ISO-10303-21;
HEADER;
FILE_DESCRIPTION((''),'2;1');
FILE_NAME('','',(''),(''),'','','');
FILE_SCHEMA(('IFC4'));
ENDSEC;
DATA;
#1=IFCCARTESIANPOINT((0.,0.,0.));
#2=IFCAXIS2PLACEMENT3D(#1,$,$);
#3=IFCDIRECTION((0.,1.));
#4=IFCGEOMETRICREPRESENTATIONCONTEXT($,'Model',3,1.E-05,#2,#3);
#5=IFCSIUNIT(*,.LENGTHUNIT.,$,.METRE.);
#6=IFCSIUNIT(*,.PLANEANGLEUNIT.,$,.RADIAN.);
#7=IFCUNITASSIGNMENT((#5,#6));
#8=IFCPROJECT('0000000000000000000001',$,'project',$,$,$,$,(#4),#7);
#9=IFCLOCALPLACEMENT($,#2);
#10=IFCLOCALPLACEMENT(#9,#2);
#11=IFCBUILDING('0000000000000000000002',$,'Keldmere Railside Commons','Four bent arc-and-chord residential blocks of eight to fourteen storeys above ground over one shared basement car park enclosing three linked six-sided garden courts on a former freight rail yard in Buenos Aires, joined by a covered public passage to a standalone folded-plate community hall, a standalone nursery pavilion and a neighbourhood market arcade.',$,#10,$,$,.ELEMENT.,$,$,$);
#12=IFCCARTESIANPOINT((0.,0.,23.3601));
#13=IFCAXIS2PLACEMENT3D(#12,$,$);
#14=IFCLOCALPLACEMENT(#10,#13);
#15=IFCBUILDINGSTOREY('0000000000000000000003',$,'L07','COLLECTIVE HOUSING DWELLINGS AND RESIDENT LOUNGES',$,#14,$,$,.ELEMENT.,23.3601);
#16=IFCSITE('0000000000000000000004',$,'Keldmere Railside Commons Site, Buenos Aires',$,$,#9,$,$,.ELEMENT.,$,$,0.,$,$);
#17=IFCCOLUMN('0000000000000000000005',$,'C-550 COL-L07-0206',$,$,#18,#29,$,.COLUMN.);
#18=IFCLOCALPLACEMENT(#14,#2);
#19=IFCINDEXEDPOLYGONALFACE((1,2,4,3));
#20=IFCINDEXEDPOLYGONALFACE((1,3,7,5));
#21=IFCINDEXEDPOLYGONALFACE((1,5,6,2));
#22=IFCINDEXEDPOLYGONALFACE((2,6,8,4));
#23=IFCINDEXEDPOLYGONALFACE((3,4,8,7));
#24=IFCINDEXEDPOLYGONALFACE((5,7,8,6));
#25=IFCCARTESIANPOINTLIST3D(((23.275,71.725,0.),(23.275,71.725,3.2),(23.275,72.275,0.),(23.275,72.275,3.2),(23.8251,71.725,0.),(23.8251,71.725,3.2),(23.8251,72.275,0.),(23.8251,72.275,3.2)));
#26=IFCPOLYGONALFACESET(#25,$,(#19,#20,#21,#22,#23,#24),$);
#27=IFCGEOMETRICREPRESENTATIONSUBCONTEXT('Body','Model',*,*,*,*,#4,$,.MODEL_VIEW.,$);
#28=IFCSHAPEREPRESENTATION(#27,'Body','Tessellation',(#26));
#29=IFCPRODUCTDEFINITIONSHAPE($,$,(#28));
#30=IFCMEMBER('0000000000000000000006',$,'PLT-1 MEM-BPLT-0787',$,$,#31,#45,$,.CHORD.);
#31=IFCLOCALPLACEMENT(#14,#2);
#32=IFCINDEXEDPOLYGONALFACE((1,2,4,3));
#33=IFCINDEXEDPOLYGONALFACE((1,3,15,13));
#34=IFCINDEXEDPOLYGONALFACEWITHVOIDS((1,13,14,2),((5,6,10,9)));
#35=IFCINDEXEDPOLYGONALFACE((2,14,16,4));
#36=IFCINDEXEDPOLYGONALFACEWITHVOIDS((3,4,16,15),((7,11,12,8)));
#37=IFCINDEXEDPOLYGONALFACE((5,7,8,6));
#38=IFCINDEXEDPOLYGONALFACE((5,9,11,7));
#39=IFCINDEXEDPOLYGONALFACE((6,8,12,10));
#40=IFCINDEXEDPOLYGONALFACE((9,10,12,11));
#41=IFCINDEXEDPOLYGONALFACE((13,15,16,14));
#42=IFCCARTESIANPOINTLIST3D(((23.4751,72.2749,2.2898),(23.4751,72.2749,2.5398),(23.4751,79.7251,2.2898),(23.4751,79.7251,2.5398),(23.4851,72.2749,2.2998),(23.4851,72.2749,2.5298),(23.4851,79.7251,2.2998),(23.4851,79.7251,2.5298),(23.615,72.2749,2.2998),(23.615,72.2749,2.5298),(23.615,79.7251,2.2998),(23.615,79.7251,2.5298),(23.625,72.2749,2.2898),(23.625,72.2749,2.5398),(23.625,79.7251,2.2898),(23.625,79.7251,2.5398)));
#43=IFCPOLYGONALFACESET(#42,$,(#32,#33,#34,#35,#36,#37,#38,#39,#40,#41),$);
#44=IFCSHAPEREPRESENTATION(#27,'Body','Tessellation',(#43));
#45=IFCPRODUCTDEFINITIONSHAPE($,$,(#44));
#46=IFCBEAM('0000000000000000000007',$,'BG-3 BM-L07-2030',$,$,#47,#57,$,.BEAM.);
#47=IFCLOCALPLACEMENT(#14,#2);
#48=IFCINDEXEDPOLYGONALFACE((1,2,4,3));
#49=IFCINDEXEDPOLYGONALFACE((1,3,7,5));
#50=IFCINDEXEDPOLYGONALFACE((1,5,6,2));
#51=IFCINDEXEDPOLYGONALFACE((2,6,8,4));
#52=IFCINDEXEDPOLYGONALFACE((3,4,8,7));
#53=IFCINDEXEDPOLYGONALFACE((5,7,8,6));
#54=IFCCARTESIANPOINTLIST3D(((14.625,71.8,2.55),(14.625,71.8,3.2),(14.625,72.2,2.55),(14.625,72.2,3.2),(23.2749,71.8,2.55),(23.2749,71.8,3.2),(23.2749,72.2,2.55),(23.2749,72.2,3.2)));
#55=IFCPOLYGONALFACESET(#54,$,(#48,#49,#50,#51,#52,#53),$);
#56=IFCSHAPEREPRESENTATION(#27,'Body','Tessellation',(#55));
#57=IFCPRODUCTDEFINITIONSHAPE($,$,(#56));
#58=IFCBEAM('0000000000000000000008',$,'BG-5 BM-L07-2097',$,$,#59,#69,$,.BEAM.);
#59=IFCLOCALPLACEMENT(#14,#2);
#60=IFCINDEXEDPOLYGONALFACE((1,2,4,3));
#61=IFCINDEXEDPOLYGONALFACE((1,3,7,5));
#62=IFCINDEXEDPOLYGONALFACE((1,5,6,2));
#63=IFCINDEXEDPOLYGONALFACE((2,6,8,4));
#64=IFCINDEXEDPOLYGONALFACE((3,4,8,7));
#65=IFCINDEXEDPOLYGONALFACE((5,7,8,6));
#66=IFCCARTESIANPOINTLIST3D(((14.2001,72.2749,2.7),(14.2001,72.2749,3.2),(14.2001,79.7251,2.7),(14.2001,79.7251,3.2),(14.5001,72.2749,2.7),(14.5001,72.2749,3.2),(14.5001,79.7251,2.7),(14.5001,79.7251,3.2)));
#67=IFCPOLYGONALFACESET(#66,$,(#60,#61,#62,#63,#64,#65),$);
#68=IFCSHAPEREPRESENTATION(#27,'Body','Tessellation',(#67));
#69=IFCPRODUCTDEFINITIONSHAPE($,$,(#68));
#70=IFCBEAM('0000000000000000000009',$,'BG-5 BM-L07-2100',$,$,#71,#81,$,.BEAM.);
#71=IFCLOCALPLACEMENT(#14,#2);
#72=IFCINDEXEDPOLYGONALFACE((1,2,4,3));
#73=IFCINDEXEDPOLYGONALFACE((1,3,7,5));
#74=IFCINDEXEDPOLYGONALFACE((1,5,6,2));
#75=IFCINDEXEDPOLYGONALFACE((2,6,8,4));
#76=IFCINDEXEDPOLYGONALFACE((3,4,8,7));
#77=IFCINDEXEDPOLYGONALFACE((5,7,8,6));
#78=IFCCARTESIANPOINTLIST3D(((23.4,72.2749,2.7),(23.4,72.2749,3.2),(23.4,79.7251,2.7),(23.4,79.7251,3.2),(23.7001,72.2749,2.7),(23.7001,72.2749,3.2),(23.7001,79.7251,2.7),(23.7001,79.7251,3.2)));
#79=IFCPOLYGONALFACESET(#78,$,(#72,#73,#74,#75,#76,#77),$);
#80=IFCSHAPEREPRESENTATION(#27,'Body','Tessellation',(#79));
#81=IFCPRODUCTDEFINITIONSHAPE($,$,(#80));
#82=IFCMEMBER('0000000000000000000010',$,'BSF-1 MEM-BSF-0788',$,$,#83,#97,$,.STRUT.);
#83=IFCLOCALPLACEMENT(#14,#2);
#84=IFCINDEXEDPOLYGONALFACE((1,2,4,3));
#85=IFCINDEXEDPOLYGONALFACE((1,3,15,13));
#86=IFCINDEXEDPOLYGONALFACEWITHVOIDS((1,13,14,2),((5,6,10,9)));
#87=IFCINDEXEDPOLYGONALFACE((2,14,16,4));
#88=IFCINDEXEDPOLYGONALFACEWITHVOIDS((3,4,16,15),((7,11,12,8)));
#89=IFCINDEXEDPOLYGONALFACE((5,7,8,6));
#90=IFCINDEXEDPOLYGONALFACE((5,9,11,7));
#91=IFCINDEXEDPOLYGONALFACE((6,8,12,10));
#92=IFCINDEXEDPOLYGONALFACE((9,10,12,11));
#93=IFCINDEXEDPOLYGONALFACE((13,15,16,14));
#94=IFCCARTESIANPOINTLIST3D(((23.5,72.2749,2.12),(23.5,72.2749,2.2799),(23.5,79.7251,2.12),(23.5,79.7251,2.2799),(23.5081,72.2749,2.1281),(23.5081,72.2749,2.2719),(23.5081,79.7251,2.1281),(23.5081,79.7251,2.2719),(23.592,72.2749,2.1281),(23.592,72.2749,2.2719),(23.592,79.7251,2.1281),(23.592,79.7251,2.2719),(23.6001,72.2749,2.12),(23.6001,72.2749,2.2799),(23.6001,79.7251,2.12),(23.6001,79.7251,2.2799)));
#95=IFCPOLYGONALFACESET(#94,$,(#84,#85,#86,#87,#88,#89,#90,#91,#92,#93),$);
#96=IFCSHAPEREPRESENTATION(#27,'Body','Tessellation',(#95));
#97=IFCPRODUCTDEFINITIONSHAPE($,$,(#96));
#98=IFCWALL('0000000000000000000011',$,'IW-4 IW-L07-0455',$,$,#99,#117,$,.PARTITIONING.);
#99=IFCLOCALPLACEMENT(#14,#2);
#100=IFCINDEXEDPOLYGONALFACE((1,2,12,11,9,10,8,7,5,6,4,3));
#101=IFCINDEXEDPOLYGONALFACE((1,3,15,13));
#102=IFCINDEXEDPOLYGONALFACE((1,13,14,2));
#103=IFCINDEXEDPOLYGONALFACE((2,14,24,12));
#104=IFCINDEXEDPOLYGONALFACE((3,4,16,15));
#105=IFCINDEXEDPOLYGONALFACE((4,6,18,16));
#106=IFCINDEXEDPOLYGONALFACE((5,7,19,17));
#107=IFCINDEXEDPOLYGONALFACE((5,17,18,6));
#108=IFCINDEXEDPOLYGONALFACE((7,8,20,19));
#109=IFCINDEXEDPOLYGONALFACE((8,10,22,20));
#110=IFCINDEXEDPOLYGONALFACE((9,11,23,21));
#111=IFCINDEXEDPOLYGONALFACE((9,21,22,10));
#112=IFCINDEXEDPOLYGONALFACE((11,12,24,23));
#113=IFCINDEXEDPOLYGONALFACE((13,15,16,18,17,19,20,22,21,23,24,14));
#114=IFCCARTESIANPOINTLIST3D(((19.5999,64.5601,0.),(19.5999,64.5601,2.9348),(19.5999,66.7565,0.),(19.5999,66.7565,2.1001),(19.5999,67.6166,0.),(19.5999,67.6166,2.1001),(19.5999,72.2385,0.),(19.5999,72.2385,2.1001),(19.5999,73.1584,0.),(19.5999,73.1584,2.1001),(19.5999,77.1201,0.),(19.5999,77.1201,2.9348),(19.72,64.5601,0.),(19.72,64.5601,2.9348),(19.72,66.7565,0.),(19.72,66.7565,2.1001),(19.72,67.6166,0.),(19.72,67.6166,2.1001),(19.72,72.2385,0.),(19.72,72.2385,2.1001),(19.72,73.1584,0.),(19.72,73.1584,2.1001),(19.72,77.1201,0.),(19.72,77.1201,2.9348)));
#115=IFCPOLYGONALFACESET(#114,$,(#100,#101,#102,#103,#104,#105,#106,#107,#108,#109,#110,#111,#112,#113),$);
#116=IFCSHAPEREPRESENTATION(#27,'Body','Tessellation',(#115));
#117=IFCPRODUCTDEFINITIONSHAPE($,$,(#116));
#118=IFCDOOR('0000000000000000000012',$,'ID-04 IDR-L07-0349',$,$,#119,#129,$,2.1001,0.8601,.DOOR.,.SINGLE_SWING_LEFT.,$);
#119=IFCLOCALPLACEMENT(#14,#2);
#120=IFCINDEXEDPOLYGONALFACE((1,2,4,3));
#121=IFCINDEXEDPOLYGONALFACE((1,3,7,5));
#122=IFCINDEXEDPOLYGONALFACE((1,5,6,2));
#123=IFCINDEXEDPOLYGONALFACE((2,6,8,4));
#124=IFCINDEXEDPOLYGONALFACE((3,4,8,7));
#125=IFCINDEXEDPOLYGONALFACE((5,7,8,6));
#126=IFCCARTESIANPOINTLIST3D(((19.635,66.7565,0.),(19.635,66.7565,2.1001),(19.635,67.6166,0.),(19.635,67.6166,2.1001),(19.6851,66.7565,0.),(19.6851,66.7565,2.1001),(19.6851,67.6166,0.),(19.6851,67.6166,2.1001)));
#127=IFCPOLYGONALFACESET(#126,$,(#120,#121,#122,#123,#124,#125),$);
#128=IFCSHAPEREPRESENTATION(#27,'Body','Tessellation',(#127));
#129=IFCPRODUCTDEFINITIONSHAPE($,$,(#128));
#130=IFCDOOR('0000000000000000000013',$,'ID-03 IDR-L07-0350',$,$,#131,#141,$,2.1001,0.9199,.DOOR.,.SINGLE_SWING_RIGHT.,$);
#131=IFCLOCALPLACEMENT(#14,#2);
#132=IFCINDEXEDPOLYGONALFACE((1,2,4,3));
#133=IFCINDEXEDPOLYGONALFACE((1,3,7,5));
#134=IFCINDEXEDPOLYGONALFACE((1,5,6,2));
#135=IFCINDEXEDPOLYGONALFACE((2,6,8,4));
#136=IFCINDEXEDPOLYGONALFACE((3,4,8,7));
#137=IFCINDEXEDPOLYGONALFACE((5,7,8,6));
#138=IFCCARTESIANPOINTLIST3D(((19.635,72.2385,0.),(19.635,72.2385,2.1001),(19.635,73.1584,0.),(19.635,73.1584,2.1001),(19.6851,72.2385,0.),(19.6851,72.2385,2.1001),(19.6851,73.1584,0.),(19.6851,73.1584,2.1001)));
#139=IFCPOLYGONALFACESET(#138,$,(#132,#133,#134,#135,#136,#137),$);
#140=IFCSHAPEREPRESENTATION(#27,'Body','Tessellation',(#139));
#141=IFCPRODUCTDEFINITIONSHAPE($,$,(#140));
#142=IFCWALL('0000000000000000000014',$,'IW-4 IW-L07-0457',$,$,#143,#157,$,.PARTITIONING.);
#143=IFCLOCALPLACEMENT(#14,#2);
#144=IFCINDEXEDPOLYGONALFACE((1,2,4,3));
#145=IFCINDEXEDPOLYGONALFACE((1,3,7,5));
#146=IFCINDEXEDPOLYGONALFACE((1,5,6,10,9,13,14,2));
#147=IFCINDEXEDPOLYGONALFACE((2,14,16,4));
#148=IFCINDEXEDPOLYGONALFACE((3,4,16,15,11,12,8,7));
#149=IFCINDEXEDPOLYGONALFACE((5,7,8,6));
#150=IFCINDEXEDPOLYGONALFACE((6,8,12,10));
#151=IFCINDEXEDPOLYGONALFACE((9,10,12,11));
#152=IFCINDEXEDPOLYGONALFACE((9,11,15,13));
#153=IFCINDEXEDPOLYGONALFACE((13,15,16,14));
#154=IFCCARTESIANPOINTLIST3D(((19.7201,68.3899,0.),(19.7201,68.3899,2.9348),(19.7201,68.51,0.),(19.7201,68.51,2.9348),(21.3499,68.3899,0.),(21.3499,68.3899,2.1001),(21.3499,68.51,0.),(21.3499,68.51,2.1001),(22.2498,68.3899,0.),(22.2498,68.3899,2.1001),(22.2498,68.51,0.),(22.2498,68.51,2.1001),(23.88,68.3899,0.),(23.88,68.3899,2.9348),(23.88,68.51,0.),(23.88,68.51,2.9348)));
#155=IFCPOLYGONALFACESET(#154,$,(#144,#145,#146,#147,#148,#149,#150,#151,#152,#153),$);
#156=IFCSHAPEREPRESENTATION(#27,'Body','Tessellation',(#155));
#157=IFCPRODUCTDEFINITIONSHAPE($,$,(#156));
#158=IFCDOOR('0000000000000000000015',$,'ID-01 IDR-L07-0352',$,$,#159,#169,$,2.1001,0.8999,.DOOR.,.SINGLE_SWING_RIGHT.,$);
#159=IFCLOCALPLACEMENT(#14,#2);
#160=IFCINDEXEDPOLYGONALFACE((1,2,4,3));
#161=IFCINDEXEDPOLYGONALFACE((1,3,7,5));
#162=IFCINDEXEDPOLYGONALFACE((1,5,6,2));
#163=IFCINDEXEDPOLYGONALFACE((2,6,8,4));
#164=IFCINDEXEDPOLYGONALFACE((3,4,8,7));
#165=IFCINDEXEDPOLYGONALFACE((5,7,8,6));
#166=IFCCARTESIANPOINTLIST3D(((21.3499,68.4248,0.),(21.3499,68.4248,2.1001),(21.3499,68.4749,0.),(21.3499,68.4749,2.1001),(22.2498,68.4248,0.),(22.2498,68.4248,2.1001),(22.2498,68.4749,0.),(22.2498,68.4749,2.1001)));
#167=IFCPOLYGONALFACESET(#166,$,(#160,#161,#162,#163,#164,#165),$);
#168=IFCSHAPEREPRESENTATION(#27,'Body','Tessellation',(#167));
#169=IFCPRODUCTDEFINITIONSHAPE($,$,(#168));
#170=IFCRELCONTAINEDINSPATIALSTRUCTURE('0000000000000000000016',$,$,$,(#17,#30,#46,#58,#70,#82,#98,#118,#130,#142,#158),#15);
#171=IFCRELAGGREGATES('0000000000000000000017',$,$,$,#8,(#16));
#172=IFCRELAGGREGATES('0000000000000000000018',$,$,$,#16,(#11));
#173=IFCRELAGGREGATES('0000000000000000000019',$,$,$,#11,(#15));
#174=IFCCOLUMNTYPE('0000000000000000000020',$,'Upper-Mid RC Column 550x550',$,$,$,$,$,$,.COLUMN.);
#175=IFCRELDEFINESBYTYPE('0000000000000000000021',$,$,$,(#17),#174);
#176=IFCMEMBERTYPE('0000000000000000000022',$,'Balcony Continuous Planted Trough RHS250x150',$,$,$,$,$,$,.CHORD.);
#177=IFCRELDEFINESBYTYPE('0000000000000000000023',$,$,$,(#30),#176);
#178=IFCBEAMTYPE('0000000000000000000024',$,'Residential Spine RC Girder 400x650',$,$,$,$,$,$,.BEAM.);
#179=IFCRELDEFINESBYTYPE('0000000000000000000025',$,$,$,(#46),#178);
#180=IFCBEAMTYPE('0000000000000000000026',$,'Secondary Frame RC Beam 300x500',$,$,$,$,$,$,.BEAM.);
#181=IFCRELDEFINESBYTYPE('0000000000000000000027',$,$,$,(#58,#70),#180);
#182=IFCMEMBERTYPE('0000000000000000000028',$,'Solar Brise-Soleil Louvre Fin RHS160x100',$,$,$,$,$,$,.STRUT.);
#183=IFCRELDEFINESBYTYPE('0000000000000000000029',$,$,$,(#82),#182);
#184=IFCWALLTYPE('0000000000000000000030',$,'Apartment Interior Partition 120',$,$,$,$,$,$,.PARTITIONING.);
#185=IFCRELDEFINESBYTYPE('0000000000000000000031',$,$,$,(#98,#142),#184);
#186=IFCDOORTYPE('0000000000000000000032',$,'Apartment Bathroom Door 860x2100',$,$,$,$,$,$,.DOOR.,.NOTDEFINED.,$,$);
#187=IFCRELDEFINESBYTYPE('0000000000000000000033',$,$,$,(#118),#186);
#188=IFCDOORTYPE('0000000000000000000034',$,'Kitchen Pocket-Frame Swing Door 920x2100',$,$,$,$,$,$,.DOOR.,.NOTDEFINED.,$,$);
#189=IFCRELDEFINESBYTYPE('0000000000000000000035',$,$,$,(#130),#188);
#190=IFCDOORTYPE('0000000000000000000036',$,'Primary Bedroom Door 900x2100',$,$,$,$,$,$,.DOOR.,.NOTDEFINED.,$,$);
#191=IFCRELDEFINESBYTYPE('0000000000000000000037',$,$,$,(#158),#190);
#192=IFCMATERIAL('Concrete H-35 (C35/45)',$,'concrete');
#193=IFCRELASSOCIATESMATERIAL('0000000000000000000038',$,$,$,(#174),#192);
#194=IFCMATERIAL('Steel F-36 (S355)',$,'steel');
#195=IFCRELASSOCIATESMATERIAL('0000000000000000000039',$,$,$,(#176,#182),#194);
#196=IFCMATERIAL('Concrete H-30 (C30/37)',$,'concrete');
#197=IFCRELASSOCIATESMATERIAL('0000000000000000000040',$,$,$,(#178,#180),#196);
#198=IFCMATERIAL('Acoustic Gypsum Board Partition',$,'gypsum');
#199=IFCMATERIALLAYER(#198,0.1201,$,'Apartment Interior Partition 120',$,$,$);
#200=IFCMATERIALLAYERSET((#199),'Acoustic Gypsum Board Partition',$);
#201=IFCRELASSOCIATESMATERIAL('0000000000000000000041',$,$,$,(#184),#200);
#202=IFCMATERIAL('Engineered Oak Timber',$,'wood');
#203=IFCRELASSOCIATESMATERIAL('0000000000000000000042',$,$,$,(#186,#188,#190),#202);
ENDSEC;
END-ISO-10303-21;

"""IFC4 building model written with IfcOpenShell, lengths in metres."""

from ifc_helpers import new_model, si_unit, direction, frame, frame_2d, origin, origin_2d, place, context, subcontext, project, spatial, rectangle, hollow_rectangle, extrude, material, layer, layer_set, material_profile, profile_set, type_object, element, fill, save


model = new_model("IFC4")

# Units and contexts
model_context = context("Model", 3, precision=1e-05, world=origin(), true_north=direction((0.0, 1.0)))
body_context = subcontext(model_context, "Body", "Model", "MODEL_VIEW")
ifc_project = project(units=[si_unit("LENGTHUNIT", "METRE"), si_unit("PLANEANGLEUNIT", "RADIAN")], contexts=[model_context])

# Site, building, storey
site_placement = place(None, origin())
site = spatial("IfcSite", under=ifc_project, at=site_placement, Name="Keldmere Railside Commons Site, Buenos Aires", CompositionType="ELEMENT", RefElevation=0.0)
building_placement = place(site_placement, origin())
building = spatial("IfcBuilding", under=site, at=building_placement, Name="Keldmere Railside Commons", Description="Four bent arc-and-chord residential blocks of eight to fourteen storeys above ground over one shared basement car park enclosing three linked six-sided garden courts on a former freight rail yard in Buenos Aires, joined by a covered public passage to a standalone folded-plate community hall, a standalone nursery pavilion and a neighbourhood market arcade.", CompositionType="ELEMENT")
storey_placement = place(building_placement, frame((0.0, 0.0, 23.3601)))
storey = spatial("IfcBuildingStorey", under=building, at=storey_placement, Name="L07", Description="COLLECTIVE HOUSING DWELLINGS AND RESIDENT LOUNGES", CompositionType="ELEMENT", Elevation=23.3601)

# Column
ifc_material_1 = material(Name="Concrete H-35 (C35/45)", Category="concrete")
ifc_material_profile_1 = material_profile(ifc_material_1, rectangle(XDim=0.55, YDim=0.55, at=origin_2d()), Name="RC-550x550")
ifc_profile_set_1 = profile_set([ifc_material_profile_1], Name="Concrete H-35 (C35/45)")
column_type = type_object("IfcColumnType", Name="Upper-Mid RC Column 550x550", PredefinedType="COLUMN", material=ifc_profile_set_1)
column_placement = place(storey_placement, frame((23.55, 72.0, 0.0), z_axis=(0.0, 0.0, 1.0), x_axis=(1.0, 0.0, 0.0)))
element("IfcColumn", 1, at=column_placement, inside=storey, type_object=column_type, Name="C-550 COL-L07-0206", PredefinedType="COLUMN", context=body_context, shape_type="SweptSolid", body=[
    extrude(rectangle(XDim=0.55, YDim=0.55, at=origin_2d()), origin(), (0.0, 0.0, 1.0), 3.2),
])

# Member
ifc_material_2 = material(Name="Steel F-36 (S355)", Category="steel")
ifc_material_profile_2 = material_profile(ifc_material_2, hollow_rectangle(XDim=0.1499, YDim=0.25, WallThickness=0.01, at=origin_2d()), Name="RHS-250x150x10")
ifc_profile_set_2 = profile_set([ifc_material_profile_2], Name="Steel F-36 (S355)")
member_type_1 = type_object("IfcMemberType", Name="Balcony Continuous Planted Trough RHS250x150", PredefinedType="CHORD", material=ifc_profile_set_2)
member_1_placement = place(storey_placement, frame((23.55, 72.2749, 2.4148), z_axis=(0.0, 1.0, 0.0), x_axis=(-1.0, 0.0, 0.0)))
element("IfcMember", 2, at=member_1_placement, inside=storey, type_object=member_type_1, Name="PLT-1 MEM-BPLT-0787", PredefinedType="CHORD", context=body_context, shape_type="SweptSolid", body=[
    extrude(hollow_rectangle(XDim=0.1499, YDim=0.25, WallThickness=0.01, at=origin_2d()), origin(), (0.0, 0.0, 1.0), 7.4502),
])

# Beams
ifc_material_3 = material(Name="Concrete H-30 (C30/37)", Category="concrete")
ifc_material_profile_3 = material_profile(ifc_material_3, rectangle(XDim=0.3999, YDim=0.6499, at=origin_2d()), Name="RC-400x650")
ifc_profile_set_3 = profile_set([ifc_material_profile_3], Name="Concrete H-30 (C30/37)")
beam_type_1 = type_object("IfcBeamType", Name="Residential Spine RC Girder 400x650", PredefinedType="BEAM", material=ifc_profile_set_3)
beam_placement = place(storey_placement, frame((14.625, 72.0, 2.875), z_axis=(1.0, 0.0, 0.0), x_axis=(0.0, 1.0, 0.0)))
element("IfcBeam", 3, at=beam_placement, inside=storey, type_object=beam_type_1, Name="BG-3 BM-L07-2030", PredefinedType="BEAM", context=body_context, shape_type="SweptSolid", body=[
    extrude(rectangle(XDim=0.3999, YDim=0.6499, at=origin_2d()), origin(), (0.0, 0.0, 1.0), 8.6499),
])
ifc_material_profile_4 = material_profile(ifc_material_3, rectangle(XDim=0.3, YDim=0.5, at=origin_2d()), Name="RC-300x500")
ifc_profile_set_4 = profile_set([ifc_material_profile_4], Name="Concrete H-30 (C30/37)")
beam_type_2 = type_object("IfcBeamType", Name="Secondary Frame RC Beam 300x500", PredefinedType="BEAM", material=ifc_profile_set_4)
for number, where, z_axis, x_axis, name in (
    (4, (14.3501, 72.2749, 2.95), (0.0, 1.0, 0.0), (-1.0, 0.0, 0.0), "BG-5 BM-L07-2097"),
    (5, (23.55, 72.2749, 2.95), (0.0, 1.0, 0.0), (-1.0, 0.0, 0.0), "BG-5 BM-L07-2100"),
):
    element("IfcBeam", number, at=place(storey_placement, frame(where, z_axis=z_axis, x_axis=x_axis)), inside=storey, type_object=beam_type_2, Name=name, PredefinedType="BEAM", context=body_context, shape_type="SweptSolid", body=[
        extrude(rectangle(XDim=0.3, YDim=0.5, at=origin_2d()), origin(), (0.0, 0.0, 1.0), 7.4502),
    ])

# Member
ifc_material_profile_5 = material_profile(ifc_material_2, hollow_rectangle(XDim=0.1001, YDim=0.1599, WallThickness=0.0081, at=origin_2d()), Name="RHS-160x100x8")
ifc_profile_set_5 = profile_set([ifc_material_profile_5], Name="Steel F-36 (S355)")
member_type_2 = type_object("IfcMemberType", Name="Solar Brise-Soleil Louvre Fin RHS160x100", PredefinedType="STRUT", material=ifc_profile_set_5)
member_2_placement = place(storey_placement, frame((23.55, 72.2749, 2.2), z_axis=(0.0, 1.0, 0.0), x_axis=(-1.0, 0.0, 0.0)))
element("IfcMember", 6, at=member_2_placement, inside=storey, type_object=member_type_2, Name="BSF-1 MEM-BSF-0788", PredefinedType="STRUT", context=body_context, shape_type="SweptSolid", body=[
    extrude(hollow_rectangle(XDim=0.1001, YDim=0.1599, WallThickness=0.0081, at=origin_2d()), origin(), (0.0, 0.0, 1.0), 7.4502),
])

# Wall, openings, doors
ifc_material_4 = material(Name="Acoustic Gypsum Board Partition", Category="gypsum")
ifc_layer_1 = layer(ifc_material_4, 0.1201, Name="Apartment Interior Partition 120")
ifc_layer_set_1 = layer_set([ifc_layer_1], Name="Acoustic Gypsum Board Partition")
wall_type_1 = type_object("IfcWallType", Name="Apartment Interior Partition 120", PredefinedType="PARTITIONING", material=ifc_layer_set_1)
wall_1_placement = place(storey_placement, frame((19.6599, 64.5601, 0.0), z_axis=(0.0, 0.0, 1.0), x_axis=(0.0, 1.0, 0.0)))
wall_1 = element("IfcWall", 7, at=wall_1_placement, inside=storey, type_object=wall_type_1, Name="IW-4 IW-L07-0455", PredefinedType="PARTITIONING", context=body_context, shape_type="SweptSolid", body=[
    extrude(rectangle(XDim=12.5601, YDim=0.1201, at=frame_2d((6.28, 0.0))), origin(), (0.0, 0.0, 1.0), 2.9348),
])
opening_1_placement = place(wall_1_placement, frame((2.1963, 0.0, 0.0)))
opening_1 = element("IfcOpeningElement", 8, at=opening_1_placement, cuts=wall_1, PredefinedType="OPENING", context=body_context, shape_type="SweptSolid", body=[
    extrude(rectangle(XDim=0.8601, YDim=2.1001, at=frame_2d((0.4302, 1.05))), frame((0.0, 0.0701, 0.0), z_axis=(0.0, -1.0, 0.0), x_axis=(1.0, 0.0, 0.0)), (0.0, 0.0, 1.0), 0.1401),
])
opening_2_placement = place(wall_1_placement, frame((7.6785, 0.0, 0.0)))
opening_2 = element("IfcOpeningElement", 9, at=opening_2_placement, cuts=wall_1, PredefinedType="OPENING", context=body_context, shape_type="SweptSolid", body=[
    extrude(rectangle(XDim=0.9199, YDim=2.1001, at=frame_2d((0.46, 1.05))), frame((0.0, 0.0701, 0.0), z_axis=(0.0, -1.0, 0.0), x_axis=(1.0, 0.0, 0.0)), (0.0, 0.0, 1.0), 0.1401),
])
ifc_material_5 = material(Name="Engineered Oak Timber", Category="wood")
door_type_1 = type_object("IfcDoorType", Name="Apartment Bathroom Door 860x2100", OperationType="NOTDEFINED", PredefinedType="DOOR", material=ifc_material_5)
door_1_placement = place(opening_1_placement, origin())
door_1 = element("IfcDoor", 10, at=door_1_placement, inside=storey, type_object=door_type_1, Name="ID-04 IDR-L07-0349", OperationType="SINGLE_SWING_LEFT", OverallHeight=2.1001, OverallWidth=0.8601, PredefinedType="DOOR", context=body_context, shape_type="SweptSolid", body=[
    extrude(rectangle(XDim=0.8601, YDim=2.1001, at=frame_2d((0.4302, 1.05))), frame((0.0, 0.0249, 0.0), z_axis=(0.0, -1.0, 0.0), x_axis=(1.0, 0.0, 0.0)), (0.0, 0.0, 1.0), 0.05),
])
fill(opening_1, door_1)
door_type_2 = type_object("IfcDoorType", Name="Kitchen Pocket-Frame Swing Door 920x2100", OperationType="NOTDEFINED", PredefinedType="DOOR", material=ifc_material_5)
door_2_placement = place(opening_2_placement, origin())
door_2 = element("IfcDoor", 11, at=door_2_placement, inside=storey, type_object=door_type_2, Name="ID-03 IDR-L07-0350", OperationType="SINGLE_SWING_RIGHT", OverallHeight=2.1001, OverallWidth=0.9199, PredefinedType="DOOR", context=body_context, shape_type="SweptSolid", body=[
    extrude(rectangle(XDim=0.9199, YDim=2.1001, at=frame_2d((0.46, 1.05))), frame((0.0, 0.0249, 0.0), z_axis=(0.0, -1.0, 0.0), x_axis=(1.0, 0.0, 0.0)), (0.0, 0.0, 1.0), 0.05),
])
fill(opening_2, door_2)

# Wall, opening, door
wall_2_placement = place(storey_placement, frame((19.72, 68.45, 0.0), z_axis=(0.0, 0.0, 1.0), x_axis=(1.0, 0.0, 0.0)))
wall_2 = element("IfcWall", 12, at=wall_2_placement, inside=storey, type_object=wall_type_1, Name="IW-4 IW-L07-0457", PredefinedType="PARTITIONING", context=body_context, shape_type="SweptSolid", body=[
    extrude(rectangle(XDim=4.1599, YDim=0.1201, at=frame_2d((2.0801, 0.0))), origin(), (0.0, 0.0, 1.0), 2.9348),
])
opening_3_placement = place(wall_2_placement, frame((1.6299, 0.0, 0.0)))
opening_3 = element("IfcOpeningElement", 13, at=opening_3_placement, cuts=wall_2, PredefinedType="OPENING", context=body_context, shape_type="SweptSolid", body=[
    extrude(rectangle(XDim=0.8999, YDim=2.1001, at=frame_2d((0.45, 1.05))), frame((0.0, 0.0701, 0.0), z_axis=(0.0, -1.0, 0.0), x_axis=(1.0, 0.0, 0.0)), (0.0, 0.0, 1.0), 0.1401),
])
door_type_3 = type_object("IfcDoorType", Name="Primary Bedroom Door 900x2100", OperationType="NOTDEFINED", PredefinedType="DOOR", material=ifc_material_5)
door_3_placement = place(opening_3_placement, origin())
door_3 = element("IfcDoor", 14, at=door_3_placement, inside=storey, type_object=door_type_3, Name="ID-01 IDR-L07-0352", OperationType="SINGLE_SWING_RIGHT", OverallHeight=2.1001, OverallWidth=0.8999, PredefinedType="DOOR", context=body_context, shape_type="SweptSolid", body=[
    extrude(rectangle(XDim=0.8999, YDim=2.1001, at=frame_2d((0.45, 1.05))), frame((0.0, 0.0249, 0.0), z_axis=(0.0, -1.0, 0.0), x_axis=(1.0, 0.0, 0.0)), (0.0, 0.0, 1.0), 0.05),
])
fill(opening_3, door_3)

save(model, "model.ifc")
